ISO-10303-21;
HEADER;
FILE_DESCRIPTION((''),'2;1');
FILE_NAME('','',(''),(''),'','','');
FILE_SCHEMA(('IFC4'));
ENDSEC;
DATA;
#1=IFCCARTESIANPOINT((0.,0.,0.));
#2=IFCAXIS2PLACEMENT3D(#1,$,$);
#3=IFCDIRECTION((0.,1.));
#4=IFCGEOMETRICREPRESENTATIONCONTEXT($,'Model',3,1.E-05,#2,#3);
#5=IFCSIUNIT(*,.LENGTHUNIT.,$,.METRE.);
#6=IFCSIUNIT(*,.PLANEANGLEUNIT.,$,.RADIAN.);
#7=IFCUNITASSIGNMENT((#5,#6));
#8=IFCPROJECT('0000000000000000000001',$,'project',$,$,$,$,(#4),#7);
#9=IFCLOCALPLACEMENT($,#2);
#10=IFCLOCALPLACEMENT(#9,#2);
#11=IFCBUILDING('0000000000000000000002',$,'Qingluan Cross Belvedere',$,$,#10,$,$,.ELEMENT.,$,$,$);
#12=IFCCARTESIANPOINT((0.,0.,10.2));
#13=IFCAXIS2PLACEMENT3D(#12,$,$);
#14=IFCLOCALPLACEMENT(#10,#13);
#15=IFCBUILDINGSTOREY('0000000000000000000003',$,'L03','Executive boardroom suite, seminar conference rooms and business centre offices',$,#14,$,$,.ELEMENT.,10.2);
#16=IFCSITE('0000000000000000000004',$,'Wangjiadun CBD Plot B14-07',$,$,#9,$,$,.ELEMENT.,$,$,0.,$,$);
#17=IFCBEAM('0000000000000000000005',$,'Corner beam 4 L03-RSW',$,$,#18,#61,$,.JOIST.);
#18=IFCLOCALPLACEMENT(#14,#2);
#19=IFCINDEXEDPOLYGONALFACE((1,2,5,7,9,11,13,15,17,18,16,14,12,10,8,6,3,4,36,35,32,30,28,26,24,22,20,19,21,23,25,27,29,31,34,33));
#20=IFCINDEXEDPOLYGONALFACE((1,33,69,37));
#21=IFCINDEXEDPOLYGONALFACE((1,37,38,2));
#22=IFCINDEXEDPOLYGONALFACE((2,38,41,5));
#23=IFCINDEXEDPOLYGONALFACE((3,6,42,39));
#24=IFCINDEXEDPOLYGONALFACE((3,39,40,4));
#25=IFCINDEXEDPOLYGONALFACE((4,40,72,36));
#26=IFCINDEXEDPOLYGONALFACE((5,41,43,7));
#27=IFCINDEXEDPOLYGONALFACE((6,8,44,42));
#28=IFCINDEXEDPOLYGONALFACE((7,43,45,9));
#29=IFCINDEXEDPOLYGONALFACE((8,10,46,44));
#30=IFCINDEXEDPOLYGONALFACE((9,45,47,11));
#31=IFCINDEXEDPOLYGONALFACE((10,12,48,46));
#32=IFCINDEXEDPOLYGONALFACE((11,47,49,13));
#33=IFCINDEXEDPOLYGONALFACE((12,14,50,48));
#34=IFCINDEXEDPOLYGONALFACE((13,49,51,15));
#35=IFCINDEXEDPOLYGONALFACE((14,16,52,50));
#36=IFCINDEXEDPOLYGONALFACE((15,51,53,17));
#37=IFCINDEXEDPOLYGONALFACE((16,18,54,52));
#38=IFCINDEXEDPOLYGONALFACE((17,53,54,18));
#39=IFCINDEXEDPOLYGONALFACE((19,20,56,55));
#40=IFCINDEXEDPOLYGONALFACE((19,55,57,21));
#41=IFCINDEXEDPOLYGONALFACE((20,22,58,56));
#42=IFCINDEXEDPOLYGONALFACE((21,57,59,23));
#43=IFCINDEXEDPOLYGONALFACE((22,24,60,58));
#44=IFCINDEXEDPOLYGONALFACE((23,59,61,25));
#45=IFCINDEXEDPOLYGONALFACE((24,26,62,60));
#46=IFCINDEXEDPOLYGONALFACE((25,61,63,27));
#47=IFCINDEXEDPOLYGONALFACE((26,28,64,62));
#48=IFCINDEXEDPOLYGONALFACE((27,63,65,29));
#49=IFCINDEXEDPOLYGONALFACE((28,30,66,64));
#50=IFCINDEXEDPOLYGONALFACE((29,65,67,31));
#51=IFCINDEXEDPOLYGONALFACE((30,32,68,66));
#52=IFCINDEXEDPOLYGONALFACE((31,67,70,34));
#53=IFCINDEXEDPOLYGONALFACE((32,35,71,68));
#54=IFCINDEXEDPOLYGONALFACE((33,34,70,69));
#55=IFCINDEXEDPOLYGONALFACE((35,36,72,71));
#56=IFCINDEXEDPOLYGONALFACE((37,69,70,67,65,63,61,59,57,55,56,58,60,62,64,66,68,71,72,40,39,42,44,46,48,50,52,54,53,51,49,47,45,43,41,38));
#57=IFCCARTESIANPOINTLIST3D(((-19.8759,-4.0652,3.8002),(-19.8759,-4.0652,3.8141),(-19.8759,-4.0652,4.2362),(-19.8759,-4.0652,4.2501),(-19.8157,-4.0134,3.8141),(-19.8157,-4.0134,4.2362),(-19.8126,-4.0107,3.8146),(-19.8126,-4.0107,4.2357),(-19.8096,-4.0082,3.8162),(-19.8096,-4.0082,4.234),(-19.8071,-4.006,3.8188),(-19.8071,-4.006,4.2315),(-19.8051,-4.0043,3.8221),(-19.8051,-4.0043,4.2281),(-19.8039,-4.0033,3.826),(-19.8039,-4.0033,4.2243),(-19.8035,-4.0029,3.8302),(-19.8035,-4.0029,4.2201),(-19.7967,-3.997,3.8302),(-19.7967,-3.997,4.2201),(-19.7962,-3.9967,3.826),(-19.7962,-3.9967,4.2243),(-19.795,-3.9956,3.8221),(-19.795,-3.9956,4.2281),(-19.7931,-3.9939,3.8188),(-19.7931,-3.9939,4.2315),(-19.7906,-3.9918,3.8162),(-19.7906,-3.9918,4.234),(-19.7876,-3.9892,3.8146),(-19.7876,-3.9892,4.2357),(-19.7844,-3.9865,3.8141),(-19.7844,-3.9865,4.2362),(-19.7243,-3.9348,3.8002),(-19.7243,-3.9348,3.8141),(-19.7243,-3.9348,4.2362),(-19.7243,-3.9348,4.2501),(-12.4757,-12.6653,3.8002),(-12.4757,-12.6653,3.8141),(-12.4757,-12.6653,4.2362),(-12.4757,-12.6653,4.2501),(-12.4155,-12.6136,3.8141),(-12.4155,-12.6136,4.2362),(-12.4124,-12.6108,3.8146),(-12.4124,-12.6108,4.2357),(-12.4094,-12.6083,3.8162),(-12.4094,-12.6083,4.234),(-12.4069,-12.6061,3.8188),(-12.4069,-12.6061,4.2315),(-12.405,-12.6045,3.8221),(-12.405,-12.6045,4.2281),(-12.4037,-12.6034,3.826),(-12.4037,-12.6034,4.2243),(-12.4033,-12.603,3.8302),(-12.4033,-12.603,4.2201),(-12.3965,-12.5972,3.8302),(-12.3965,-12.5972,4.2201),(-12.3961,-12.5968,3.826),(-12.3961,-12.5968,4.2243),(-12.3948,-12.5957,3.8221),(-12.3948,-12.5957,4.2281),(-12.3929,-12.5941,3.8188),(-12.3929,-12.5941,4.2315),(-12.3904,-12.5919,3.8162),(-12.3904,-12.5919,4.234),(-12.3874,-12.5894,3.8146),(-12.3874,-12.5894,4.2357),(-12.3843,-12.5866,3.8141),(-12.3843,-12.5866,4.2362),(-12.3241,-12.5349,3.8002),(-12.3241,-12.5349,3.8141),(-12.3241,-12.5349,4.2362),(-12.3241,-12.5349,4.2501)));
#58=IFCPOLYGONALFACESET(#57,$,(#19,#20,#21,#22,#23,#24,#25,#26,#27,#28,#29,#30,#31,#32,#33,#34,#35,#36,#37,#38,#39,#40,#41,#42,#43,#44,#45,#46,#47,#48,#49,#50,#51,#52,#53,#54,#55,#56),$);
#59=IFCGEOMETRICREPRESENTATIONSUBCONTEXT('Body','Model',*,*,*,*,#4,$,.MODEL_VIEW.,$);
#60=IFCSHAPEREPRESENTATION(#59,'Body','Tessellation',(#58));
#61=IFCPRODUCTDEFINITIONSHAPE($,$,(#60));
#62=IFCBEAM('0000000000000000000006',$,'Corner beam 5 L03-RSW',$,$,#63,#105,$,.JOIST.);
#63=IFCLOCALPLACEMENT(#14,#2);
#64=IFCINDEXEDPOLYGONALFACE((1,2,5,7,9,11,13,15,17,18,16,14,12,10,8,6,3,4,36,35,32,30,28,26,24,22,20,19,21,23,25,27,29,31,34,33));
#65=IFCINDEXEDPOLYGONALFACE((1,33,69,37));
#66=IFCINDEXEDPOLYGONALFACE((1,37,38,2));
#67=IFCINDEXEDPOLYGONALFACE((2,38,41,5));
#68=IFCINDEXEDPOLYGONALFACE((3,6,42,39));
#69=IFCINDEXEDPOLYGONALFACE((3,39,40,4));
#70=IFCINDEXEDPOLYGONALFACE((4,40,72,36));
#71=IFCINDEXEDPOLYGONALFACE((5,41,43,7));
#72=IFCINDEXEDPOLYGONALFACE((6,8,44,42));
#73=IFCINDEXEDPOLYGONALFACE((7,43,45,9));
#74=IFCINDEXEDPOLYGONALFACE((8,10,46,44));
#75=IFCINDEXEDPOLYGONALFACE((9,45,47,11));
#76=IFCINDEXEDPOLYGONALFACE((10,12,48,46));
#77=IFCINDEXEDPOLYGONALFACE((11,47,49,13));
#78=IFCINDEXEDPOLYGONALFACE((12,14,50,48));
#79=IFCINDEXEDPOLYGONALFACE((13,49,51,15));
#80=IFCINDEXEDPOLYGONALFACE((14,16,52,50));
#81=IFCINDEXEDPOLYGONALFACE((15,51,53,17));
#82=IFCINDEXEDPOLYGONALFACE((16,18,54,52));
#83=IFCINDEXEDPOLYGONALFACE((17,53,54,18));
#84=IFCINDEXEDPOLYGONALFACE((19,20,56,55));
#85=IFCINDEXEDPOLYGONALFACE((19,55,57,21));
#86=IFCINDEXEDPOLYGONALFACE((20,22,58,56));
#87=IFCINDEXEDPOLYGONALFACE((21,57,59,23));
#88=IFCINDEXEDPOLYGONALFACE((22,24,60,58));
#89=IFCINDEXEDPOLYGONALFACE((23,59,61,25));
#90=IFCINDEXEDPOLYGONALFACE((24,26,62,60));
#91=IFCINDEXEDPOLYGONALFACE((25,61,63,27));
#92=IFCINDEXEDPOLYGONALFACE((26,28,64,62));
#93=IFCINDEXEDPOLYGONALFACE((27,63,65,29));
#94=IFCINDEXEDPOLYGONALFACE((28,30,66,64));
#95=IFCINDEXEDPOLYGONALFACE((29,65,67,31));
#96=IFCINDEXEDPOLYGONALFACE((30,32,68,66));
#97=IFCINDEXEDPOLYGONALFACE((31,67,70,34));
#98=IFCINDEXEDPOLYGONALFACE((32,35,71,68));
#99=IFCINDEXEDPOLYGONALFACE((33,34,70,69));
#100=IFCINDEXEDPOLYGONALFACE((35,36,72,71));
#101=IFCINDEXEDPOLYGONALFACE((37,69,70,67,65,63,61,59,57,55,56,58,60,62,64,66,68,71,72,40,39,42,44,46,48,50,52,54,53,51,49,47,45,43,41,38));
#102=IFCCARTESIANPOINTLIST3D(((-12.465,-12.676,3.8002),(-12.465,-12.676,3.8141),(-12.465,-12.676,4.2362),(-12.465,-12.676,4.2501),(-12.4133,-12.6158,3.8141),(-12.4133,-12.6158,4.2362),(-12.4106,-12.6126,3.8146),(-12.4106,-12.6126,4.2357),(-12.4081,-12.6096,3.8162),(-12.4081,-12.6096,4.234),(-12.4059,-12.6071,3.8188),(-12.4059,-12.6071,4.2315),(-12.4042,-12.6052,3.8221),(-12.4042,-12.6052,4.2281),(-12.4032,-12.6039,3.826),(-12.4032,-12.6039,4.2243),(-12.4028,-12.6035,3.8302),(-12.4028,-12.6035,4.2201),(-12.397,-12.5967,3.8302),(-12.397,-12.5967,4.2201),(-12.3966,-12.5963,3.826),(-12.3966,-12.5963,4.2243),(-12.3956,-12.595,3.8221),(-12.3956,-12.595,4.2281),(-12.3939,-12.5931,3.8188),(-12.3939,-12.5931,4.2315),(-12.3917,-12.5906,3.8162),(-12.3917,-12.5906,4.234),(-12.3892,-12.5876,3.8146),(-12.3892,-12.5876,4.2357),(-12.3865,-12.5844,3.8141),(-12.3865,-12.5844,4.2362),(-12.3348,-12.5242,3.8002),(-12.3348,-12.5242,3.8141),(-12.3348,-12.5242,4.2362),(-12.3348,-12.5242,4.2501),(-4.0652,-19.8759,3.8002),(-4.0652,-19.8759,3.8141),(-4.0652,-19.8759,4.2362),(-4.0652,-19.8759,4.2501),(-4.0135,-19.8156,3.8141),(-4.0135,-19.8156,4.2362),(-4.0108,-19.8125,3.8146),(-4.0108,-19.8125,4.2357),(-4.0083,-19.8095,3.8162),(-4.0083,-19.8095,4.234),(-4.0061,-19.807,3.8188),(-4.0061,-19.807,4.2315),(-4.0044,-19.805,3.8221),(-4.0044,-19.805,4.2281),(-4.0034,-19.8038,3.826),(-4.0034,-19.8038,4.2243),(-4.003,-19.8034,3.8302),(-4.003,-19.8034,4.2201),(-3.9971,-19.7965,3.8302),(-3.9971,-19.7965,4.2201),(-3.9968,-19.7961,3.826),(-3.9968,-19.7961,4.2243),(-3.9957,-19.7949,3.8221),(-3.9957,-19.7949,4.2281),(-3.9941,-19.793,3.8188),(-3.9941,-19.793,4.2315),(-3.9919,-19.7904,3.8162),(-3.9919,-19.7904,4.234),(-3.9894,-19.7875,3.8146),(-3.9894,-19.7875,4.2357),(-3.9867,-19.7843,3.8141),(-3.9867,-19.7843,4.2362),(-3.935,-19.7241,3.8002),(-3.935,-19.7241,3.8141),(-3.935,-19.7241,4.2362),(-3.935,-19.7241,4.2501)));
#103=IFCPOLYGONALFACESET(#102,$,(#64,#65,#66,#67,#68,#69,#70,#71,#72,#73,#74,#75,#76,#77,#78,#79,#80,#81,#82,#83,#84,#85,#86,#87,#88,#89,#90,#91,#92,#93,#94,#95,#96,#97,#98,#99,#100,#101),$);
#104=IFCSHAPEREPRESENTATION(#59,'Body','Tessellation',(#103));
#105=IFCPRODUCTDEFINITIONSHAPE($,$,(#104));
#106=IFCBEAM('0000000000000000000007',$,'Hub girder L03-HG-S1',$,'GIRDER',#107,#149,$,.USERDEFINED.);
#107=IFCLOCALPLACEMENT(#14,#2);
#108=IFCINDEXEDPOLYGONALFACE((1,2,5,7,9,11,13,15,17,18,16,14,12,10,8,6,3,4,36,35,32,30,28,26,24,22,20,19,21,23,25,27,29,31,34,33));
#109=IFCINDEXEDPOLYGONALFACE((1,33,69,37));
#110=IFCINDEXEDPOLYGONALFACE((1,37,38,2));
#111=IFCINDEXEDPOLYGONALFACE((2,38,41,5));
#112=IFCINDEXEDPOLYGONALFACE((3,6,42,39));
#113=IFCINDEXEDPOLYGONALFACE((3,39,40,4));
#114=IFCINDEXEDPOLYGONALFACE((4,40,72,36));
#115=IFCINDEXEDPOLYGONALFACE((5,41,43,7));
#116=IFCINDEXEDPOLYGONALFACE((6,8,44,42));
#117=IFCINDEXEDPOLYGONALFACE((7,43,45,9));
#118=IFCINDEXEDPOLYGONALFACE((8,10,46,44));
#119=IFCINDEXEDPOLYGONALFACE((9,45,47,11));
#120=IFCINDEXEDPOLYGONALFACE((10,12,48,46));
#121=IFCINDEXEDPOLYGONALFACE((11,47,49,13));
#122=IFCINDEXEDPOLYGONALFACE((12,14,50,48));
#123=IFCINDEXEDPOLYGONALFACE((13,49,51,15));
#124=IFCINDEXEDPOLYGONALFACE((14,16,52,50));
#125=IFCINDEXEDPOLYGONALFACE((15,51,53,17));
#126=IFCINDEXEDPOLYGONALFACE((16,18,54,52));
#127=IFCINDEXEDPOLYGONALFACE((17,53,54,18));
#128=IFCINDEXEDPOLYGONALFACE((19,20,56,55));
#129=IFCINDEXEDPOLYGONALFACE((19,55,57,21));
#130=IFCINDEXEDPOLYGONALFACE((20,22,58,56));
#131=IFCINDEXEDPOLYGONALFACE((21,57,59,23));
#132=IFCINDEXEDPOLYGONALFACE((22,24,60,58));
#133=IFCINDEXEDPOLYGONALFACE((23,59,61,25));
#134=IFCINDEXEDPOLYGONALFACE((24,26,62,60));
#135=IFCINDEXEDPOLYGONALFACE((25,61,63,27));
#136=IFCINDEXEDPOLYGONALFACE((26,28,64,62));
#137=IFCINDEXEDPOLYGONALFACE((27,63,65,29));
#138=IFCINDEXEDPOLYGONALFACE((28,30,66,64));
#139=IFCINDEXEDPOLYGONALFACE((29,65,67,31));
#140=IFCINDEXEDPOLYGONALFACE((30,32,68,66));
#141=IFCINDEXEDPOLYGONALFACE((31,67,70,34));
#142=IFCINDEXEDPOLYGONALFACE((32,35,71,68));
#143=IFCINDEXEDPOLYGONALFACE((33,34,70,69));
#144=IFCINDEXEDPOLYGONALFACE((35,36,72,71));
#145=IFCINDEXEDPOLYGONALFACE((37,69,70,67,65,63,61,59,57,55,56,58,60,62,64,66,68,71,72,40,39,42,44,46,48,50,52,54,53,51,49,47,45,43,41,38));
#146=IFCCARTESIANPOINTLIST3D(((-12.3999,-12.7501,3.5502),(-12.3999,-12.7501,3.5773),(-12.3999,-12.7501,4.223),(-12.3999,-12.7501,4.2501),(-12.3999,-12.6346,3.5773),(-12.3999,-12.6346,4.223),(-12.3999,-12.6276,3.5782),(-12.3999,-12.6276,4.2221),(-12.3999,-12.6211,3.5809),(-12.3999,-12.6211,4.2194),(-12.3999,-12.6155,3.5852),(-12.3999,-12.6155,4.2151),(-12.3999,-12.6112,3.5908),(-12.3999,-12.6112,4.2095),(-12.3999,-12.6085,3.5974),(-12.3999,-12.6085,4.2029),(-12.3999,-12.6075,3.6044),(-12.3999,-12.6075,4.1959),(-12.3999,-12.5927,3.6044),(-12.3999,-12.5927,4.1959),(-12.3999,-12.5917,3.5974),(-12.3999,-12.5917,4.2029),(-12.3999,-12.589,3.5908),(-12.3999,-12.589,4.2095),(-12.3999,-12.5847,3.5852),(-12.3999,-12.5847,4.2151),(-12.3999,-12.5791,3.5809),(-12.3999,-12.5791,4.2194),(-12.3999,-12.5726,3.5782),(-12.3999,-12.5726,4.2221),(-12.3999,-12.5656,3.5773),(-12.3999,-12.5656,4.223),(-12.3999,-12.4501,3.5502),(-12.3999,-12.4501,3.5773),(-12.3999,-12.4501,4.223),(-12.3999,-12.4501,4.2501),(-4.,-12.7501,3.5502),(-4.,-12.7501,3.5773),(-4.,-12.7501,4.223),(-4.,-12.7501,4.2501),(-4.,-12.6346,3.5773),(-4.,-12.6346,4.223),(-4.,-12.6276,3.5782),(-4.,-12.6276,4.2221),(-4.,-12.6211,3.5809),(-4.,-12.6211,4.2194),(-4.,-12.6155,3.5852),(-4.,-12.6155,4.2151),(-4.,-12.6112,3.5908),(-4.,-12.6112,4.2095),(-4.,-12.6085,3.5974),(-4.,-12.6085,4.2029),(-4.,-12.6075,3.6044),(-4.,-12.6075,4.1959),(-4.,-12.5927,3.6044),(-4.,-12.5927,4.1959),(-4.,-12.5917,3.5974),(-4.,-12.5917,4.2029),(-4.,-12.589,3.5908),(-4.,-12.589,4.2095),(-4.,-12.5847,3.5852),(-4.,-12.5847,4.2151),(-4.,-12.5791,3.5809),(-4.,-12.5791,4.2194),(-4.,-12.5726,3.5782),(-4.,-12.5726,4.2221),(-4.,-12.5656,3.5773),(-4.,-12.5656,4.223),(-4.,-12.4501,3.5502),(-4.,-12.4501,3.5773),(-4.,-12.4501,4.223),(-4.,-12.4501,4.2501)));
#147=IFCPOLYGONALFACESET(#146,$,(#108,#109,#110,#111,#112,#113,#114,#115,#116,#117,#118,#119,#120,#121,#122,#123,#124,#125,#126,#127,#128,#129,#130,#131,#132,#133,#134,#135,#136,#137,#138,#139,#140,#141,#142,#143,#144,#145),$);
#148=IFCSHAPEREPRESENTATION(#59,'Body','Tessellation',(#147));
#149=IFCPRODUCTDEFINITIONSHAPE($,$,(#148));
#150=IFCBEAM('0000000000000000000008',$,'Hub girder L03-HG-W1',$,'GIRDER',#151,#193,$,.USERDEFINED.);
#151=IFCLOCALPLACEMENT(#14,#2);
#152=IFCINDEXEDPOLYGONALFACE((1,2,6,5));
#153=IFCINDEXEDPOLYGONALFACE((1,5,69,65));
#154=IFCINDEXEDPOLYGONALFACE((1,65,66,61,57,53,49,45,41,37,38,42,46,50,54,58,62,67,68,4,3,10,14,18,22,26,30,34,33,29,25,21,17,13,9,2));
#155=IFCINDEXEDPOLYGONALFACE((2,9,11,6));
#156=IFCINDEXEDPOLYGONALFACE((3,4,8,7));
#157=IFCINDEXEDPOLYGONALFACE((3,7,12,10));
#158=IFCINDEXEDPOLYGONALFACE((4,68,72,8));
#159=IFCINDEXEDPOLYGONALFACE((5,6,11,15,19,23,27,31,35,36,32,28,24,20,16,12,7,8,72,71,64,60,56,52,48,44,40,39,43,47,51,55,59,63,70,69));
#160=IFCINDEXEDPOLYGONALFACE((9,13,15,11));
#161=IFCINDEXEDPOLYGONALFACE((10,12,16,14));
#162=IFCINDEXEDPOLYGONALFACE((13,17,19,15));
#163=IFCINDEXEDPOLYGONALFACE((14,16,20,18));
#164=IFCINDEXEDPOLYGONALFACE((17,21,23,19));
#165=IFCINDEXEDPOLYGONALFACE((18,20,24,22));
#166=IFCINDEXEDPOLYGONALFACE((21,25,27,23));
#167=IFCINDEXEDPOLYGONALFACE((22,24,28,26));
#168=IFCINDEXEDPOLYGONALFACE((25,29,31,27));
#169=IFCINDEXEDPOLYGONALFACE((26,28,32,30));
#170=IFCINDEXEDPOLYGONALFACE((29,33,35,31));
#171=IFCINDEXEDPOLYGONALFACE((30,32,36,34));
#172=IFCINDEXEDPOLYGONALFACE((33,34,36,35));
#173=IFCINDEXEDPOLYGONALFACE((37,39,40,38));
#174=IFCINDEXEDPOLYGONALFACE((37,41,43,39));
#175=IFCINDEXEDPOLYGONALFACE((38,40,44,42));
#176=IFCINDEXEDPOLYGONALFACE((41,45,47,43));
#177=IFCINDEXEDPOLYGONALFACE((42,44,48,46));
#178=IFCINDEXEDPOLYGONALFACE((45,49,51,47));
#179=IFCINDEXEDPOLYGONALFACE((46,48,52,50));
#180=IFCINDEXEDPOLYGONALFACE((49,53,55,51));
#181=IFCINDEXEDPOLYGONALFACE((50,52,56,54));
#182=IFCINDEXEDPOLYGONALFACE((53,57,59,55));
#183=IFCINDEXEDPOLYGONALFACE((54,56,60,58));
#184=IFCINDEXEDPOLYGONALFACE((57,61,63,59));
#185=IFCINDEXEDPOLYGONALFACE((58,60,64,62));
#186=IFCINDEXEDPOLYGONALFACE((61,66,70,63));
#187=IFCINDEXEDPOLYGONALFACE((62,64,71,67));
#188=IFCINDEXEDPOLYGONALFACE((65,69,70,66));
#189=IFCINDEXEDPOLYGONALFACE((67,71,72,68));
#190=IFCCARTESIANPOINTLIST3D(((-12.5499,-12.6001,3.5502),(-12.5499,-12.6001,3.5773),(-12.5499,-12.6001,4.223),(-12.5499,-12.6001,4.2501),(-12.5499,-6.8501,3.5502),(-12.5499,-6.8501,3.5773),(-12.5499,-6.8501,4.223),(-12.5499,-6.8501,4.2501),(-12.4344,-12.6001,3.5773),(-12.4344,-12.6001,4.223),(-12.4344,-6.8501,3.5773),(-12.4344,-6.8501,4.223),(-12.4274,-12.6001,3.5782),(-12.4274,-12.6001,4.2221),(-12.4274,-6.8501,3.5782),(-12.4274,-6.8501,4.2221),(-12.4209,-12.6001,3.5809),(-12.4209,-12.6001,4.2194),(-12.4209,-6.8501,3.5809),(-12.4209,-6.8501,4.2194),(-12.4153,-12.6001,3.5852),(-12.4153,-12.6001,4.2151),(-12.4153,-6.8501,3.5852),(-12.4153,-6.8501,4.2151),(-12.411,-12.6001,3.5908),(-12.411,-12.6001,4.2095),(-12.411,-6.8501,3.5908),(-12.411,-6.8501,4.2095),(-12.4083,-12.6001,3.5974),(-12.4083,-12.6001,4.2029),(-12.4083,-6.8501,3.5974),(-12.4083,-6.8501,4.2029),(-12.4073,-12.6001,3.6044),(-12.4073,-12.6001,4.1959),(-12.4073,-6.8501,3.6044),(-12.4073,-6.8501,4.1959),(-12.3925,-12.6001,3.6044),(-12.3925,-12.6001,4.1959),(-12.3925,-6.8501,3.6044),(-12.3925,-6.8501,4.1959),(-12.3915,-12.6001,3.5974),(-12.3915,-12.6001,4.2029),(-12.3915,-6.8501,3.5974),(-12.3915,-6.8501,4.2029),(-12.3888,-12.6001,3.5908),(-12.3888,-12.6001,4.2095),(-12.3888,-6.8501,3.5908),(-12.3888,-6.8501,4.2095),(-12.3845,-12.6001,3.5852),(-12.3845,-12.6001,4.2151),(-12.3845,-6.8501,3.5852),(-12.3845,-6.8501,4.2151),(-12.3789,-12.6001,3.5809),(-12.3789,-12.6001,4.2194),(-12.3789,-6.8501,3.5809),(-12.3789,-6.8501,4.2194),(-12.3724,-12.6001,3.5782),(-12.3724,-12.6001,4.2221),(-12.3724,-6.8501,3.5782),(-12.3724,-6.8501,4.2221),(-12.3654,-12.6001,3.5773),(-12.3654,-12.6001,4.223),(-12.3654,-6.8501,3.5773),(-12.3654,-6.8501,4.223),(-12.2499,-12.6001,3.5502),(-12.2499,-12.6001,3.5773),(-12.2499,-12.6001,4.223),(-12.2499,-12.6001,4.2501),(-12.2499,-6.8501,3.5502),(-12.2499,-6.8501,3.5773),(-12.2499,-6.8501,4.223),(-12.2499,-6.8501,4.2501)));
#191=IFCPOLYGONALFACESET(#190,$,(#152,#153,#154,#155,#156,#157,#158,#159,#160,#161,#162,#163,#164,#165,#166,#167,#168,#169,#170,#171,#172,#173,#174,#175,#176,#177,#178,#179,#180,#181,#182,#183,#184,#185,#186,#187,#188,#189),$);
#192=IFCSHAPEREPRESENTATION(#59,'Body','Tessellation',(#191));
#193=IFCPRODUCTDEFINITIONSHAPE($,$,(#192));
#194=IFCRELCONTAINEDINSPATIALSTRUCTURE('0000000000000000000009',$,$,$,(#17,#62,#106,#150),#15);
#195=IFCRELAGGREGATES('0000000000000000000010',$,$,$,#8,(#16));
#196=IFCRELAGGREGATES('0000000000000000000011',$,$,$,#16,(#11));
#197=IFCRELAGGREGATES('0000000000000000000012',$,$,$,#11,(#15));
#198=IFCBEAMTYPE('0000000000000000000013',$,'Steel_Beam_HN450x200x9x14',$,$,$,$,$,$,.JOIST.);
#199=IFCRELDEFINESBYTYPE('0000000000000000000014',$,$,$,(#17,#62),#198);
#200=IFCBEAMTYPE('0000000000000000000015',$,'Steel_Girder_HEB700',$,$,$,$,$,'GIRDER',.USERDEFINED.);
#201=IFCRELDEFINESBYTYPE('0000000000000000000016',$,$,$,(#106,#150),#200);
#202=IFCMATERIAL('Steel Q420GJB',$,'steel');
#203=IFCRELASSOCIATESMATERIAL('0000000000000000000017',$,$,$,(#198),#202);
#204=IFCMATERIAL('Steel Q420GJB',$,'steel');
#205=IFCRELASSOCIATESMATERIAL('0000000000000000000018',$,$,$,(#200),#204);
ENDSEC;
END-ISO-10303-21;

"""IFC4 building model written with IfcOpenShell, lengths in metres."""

from ifc_helpers import new_model, si_unit, direction, frame, origin, origin_2d, place, context, subcontext, project, spatial, i_section, extrude, material, material_profile, profile_set, type_object, element, save


model = new_model("IFC4")

# Units and contexts
model_context = context("Model", 3, precision=1e-05, world=origin(), true_north=direction((0.0, 1.0)))
body_context = subcontext(model_context, "Body", "Model", "MODEL_VIEW")
ifc_project = project(units=[si_unit("LENGTHUNIT", "METRE"), si_unit("PLANEANGLEUNIT", "RADIAN")], contexts=[model_context])

# Site, building, storey
site_placement = place(None, origin())
site = spatial("IfcSite", under=ifc_project, at=site_placement, Name="Wangjiadun CBD Plot B14-07", CompositionType="ELEMENT", RefElevation=0.0)
building_placement = place(site_placement, origin())
building = spatial("IfcBuilding", under=site, at=building_placement, Name="Qingluan Cross Belvedere", CompositionType="ELEMENT")
storey_placement = place(building_placement, frame((0.0, 0.0, 10.2)))
storey = spatial("IfcBuildingStorey", under=building, at=storey_placement, Name="L03", Description="Executive boardroom suite, seminar conference rooms and business centre offices", CompositionType="ELEMENT", Elevation=10.2)

# Beams
ifc_material_1 = material(Name="Steel Q420GJB", Category="steel")
ifc_material_profile_1 = material_profile(ifc_material_1, i_section(OverallWidth=0.2, OverallDepth=0.45, WebThickness=0.009, FlangeThickness=0.0139, FilletRadius=0.0161, at=origin_2d()), Name="HN450x200x9x14")
ifc_profile_set_1 = profile_set([ifc_material_profile_1], Name="Steel Q420GJB")
beam_type_1 = type_object("IfcBeamType", Name="Steel_Beam_HN450x200x9x14", PredefinedType="JOIST", material=ifc_profile_set_1)
beam_1_placement = place(storey_placement, frame((-12.3999, -12.6001, 4.0251), z_axis=(-0.652245, 0.758008, 0.0), x_axis=(-0.758008, -0.652245, 0.0)))
element("IfcBeam", 1, at=beam_1_placement, inside=storey, type_object=beam_type_1, Name="Corner beam 4 L03-RSW", PredefinedType="JOIST", context=body_context, shape_type="SweptSolid", body=[
    extrude(i_section(OverallWidth=0.2, OverallDepth=0.45, WebThickness=0.009, FlangeThickness=0.0139, FilletRadius=0.0161, at=origin_2d()), origin(), (0.0, 0.0, 1.0), 11.3457),
])
beam_2_placement = place(storey_placement, frame((-12.3999, -12.6001, 4.0251), z_axis=(0.759255, -0.650793, 0.0), x_axis=(0.650793, 0.759255, 0.0)))
element("IfcBeam", 2, at=beam_2_placement, inside=storey, type_object=beam_type_1, Name="Corner beam 5 L03-RSW", PredefinedType="JOIST", context=body_context, shape_type="SweptSolid", body=[
    extrude(i_section(OverallWidth=0.2, OverallDepth=0.45, WebThickness=0.009, FlangeThickness=0.0139, FilletRadius=0.0161, at=origin_2d()), origin(), (0.0, 0.0, 1.0), 11.0632),
])
ifc_material_2 = material(Name="Steel Q420GJB", Category="steel")
ifc_material_profile_2 = material_profile(ifc_material_2, i_section(OverallWidth=0.3, OverallDepth=0.7, WebThickness=0.0149, FlangeThickness=0.0271, FilletRadius=0.0271, at=origin_2d()), Name="HEB700")
ifc_profile_set_2 = profile_set([ifc_material_profile_2], Name="Steel Q420GJB")
beam_type_2 = type_object("IfcBeamType", Name="Steel_Girder_HEB700", ElementType="GIRDER", PredefinedType="USERDEFINED", material=ifc_profile_set_2)
beam_3_placement = place(storey_placement, frame((-12.3999, -12.6001, 3.9001), z_axis=(1.0, 0.0, 0.0), x_axis=(0.0, 1.0, 0.0)))
element("IfcBeam", 3, at=beam_3_placement, inside=storey, type_object=beam_type_2, Name="Hub girder L03-HG-S1", ObjectType="GIRDER", PredefinedType="USERDEFINED", context=body_context, shape_type="SweptSolid", body=[
    extrude(i_section(OverallWidth=0.3, OverallDepth=0.7, WebThickness=0.0149, FlangeThickness=0.0271, FilletRadius=0.0271, at=origin_2d()), origin(), (0.0, 0.0, 1.0), 8.3999),
])
beam_4_placement = place(storey_placement, frame((-12.3999, -12.6001, 3.9001), z_axis=(0.0, 1.0, 0.0), x_axis=(-1.0, 0.0, 0.0)))
element("IfcBeam", 4, at=beam_4_placement, inside=storey, type_object=beam_type_2, Name="Hub girder L03-HG-W1", ObjectType="GIRDER", PredefinedType="USERDEFINED", context=body_context, shape_type="SweptSolid", body=[
    extrude(i_section(OverallWidth=0.3, OverallDepth=0.7, WebThickness=0.0149, FlangeThickness=0.0271, FilletRadius=0.0271, at=origin_2d()), origin(), (0.0, 0.0, 1.0), 5.75),
])

save(model, "model.ifc")
